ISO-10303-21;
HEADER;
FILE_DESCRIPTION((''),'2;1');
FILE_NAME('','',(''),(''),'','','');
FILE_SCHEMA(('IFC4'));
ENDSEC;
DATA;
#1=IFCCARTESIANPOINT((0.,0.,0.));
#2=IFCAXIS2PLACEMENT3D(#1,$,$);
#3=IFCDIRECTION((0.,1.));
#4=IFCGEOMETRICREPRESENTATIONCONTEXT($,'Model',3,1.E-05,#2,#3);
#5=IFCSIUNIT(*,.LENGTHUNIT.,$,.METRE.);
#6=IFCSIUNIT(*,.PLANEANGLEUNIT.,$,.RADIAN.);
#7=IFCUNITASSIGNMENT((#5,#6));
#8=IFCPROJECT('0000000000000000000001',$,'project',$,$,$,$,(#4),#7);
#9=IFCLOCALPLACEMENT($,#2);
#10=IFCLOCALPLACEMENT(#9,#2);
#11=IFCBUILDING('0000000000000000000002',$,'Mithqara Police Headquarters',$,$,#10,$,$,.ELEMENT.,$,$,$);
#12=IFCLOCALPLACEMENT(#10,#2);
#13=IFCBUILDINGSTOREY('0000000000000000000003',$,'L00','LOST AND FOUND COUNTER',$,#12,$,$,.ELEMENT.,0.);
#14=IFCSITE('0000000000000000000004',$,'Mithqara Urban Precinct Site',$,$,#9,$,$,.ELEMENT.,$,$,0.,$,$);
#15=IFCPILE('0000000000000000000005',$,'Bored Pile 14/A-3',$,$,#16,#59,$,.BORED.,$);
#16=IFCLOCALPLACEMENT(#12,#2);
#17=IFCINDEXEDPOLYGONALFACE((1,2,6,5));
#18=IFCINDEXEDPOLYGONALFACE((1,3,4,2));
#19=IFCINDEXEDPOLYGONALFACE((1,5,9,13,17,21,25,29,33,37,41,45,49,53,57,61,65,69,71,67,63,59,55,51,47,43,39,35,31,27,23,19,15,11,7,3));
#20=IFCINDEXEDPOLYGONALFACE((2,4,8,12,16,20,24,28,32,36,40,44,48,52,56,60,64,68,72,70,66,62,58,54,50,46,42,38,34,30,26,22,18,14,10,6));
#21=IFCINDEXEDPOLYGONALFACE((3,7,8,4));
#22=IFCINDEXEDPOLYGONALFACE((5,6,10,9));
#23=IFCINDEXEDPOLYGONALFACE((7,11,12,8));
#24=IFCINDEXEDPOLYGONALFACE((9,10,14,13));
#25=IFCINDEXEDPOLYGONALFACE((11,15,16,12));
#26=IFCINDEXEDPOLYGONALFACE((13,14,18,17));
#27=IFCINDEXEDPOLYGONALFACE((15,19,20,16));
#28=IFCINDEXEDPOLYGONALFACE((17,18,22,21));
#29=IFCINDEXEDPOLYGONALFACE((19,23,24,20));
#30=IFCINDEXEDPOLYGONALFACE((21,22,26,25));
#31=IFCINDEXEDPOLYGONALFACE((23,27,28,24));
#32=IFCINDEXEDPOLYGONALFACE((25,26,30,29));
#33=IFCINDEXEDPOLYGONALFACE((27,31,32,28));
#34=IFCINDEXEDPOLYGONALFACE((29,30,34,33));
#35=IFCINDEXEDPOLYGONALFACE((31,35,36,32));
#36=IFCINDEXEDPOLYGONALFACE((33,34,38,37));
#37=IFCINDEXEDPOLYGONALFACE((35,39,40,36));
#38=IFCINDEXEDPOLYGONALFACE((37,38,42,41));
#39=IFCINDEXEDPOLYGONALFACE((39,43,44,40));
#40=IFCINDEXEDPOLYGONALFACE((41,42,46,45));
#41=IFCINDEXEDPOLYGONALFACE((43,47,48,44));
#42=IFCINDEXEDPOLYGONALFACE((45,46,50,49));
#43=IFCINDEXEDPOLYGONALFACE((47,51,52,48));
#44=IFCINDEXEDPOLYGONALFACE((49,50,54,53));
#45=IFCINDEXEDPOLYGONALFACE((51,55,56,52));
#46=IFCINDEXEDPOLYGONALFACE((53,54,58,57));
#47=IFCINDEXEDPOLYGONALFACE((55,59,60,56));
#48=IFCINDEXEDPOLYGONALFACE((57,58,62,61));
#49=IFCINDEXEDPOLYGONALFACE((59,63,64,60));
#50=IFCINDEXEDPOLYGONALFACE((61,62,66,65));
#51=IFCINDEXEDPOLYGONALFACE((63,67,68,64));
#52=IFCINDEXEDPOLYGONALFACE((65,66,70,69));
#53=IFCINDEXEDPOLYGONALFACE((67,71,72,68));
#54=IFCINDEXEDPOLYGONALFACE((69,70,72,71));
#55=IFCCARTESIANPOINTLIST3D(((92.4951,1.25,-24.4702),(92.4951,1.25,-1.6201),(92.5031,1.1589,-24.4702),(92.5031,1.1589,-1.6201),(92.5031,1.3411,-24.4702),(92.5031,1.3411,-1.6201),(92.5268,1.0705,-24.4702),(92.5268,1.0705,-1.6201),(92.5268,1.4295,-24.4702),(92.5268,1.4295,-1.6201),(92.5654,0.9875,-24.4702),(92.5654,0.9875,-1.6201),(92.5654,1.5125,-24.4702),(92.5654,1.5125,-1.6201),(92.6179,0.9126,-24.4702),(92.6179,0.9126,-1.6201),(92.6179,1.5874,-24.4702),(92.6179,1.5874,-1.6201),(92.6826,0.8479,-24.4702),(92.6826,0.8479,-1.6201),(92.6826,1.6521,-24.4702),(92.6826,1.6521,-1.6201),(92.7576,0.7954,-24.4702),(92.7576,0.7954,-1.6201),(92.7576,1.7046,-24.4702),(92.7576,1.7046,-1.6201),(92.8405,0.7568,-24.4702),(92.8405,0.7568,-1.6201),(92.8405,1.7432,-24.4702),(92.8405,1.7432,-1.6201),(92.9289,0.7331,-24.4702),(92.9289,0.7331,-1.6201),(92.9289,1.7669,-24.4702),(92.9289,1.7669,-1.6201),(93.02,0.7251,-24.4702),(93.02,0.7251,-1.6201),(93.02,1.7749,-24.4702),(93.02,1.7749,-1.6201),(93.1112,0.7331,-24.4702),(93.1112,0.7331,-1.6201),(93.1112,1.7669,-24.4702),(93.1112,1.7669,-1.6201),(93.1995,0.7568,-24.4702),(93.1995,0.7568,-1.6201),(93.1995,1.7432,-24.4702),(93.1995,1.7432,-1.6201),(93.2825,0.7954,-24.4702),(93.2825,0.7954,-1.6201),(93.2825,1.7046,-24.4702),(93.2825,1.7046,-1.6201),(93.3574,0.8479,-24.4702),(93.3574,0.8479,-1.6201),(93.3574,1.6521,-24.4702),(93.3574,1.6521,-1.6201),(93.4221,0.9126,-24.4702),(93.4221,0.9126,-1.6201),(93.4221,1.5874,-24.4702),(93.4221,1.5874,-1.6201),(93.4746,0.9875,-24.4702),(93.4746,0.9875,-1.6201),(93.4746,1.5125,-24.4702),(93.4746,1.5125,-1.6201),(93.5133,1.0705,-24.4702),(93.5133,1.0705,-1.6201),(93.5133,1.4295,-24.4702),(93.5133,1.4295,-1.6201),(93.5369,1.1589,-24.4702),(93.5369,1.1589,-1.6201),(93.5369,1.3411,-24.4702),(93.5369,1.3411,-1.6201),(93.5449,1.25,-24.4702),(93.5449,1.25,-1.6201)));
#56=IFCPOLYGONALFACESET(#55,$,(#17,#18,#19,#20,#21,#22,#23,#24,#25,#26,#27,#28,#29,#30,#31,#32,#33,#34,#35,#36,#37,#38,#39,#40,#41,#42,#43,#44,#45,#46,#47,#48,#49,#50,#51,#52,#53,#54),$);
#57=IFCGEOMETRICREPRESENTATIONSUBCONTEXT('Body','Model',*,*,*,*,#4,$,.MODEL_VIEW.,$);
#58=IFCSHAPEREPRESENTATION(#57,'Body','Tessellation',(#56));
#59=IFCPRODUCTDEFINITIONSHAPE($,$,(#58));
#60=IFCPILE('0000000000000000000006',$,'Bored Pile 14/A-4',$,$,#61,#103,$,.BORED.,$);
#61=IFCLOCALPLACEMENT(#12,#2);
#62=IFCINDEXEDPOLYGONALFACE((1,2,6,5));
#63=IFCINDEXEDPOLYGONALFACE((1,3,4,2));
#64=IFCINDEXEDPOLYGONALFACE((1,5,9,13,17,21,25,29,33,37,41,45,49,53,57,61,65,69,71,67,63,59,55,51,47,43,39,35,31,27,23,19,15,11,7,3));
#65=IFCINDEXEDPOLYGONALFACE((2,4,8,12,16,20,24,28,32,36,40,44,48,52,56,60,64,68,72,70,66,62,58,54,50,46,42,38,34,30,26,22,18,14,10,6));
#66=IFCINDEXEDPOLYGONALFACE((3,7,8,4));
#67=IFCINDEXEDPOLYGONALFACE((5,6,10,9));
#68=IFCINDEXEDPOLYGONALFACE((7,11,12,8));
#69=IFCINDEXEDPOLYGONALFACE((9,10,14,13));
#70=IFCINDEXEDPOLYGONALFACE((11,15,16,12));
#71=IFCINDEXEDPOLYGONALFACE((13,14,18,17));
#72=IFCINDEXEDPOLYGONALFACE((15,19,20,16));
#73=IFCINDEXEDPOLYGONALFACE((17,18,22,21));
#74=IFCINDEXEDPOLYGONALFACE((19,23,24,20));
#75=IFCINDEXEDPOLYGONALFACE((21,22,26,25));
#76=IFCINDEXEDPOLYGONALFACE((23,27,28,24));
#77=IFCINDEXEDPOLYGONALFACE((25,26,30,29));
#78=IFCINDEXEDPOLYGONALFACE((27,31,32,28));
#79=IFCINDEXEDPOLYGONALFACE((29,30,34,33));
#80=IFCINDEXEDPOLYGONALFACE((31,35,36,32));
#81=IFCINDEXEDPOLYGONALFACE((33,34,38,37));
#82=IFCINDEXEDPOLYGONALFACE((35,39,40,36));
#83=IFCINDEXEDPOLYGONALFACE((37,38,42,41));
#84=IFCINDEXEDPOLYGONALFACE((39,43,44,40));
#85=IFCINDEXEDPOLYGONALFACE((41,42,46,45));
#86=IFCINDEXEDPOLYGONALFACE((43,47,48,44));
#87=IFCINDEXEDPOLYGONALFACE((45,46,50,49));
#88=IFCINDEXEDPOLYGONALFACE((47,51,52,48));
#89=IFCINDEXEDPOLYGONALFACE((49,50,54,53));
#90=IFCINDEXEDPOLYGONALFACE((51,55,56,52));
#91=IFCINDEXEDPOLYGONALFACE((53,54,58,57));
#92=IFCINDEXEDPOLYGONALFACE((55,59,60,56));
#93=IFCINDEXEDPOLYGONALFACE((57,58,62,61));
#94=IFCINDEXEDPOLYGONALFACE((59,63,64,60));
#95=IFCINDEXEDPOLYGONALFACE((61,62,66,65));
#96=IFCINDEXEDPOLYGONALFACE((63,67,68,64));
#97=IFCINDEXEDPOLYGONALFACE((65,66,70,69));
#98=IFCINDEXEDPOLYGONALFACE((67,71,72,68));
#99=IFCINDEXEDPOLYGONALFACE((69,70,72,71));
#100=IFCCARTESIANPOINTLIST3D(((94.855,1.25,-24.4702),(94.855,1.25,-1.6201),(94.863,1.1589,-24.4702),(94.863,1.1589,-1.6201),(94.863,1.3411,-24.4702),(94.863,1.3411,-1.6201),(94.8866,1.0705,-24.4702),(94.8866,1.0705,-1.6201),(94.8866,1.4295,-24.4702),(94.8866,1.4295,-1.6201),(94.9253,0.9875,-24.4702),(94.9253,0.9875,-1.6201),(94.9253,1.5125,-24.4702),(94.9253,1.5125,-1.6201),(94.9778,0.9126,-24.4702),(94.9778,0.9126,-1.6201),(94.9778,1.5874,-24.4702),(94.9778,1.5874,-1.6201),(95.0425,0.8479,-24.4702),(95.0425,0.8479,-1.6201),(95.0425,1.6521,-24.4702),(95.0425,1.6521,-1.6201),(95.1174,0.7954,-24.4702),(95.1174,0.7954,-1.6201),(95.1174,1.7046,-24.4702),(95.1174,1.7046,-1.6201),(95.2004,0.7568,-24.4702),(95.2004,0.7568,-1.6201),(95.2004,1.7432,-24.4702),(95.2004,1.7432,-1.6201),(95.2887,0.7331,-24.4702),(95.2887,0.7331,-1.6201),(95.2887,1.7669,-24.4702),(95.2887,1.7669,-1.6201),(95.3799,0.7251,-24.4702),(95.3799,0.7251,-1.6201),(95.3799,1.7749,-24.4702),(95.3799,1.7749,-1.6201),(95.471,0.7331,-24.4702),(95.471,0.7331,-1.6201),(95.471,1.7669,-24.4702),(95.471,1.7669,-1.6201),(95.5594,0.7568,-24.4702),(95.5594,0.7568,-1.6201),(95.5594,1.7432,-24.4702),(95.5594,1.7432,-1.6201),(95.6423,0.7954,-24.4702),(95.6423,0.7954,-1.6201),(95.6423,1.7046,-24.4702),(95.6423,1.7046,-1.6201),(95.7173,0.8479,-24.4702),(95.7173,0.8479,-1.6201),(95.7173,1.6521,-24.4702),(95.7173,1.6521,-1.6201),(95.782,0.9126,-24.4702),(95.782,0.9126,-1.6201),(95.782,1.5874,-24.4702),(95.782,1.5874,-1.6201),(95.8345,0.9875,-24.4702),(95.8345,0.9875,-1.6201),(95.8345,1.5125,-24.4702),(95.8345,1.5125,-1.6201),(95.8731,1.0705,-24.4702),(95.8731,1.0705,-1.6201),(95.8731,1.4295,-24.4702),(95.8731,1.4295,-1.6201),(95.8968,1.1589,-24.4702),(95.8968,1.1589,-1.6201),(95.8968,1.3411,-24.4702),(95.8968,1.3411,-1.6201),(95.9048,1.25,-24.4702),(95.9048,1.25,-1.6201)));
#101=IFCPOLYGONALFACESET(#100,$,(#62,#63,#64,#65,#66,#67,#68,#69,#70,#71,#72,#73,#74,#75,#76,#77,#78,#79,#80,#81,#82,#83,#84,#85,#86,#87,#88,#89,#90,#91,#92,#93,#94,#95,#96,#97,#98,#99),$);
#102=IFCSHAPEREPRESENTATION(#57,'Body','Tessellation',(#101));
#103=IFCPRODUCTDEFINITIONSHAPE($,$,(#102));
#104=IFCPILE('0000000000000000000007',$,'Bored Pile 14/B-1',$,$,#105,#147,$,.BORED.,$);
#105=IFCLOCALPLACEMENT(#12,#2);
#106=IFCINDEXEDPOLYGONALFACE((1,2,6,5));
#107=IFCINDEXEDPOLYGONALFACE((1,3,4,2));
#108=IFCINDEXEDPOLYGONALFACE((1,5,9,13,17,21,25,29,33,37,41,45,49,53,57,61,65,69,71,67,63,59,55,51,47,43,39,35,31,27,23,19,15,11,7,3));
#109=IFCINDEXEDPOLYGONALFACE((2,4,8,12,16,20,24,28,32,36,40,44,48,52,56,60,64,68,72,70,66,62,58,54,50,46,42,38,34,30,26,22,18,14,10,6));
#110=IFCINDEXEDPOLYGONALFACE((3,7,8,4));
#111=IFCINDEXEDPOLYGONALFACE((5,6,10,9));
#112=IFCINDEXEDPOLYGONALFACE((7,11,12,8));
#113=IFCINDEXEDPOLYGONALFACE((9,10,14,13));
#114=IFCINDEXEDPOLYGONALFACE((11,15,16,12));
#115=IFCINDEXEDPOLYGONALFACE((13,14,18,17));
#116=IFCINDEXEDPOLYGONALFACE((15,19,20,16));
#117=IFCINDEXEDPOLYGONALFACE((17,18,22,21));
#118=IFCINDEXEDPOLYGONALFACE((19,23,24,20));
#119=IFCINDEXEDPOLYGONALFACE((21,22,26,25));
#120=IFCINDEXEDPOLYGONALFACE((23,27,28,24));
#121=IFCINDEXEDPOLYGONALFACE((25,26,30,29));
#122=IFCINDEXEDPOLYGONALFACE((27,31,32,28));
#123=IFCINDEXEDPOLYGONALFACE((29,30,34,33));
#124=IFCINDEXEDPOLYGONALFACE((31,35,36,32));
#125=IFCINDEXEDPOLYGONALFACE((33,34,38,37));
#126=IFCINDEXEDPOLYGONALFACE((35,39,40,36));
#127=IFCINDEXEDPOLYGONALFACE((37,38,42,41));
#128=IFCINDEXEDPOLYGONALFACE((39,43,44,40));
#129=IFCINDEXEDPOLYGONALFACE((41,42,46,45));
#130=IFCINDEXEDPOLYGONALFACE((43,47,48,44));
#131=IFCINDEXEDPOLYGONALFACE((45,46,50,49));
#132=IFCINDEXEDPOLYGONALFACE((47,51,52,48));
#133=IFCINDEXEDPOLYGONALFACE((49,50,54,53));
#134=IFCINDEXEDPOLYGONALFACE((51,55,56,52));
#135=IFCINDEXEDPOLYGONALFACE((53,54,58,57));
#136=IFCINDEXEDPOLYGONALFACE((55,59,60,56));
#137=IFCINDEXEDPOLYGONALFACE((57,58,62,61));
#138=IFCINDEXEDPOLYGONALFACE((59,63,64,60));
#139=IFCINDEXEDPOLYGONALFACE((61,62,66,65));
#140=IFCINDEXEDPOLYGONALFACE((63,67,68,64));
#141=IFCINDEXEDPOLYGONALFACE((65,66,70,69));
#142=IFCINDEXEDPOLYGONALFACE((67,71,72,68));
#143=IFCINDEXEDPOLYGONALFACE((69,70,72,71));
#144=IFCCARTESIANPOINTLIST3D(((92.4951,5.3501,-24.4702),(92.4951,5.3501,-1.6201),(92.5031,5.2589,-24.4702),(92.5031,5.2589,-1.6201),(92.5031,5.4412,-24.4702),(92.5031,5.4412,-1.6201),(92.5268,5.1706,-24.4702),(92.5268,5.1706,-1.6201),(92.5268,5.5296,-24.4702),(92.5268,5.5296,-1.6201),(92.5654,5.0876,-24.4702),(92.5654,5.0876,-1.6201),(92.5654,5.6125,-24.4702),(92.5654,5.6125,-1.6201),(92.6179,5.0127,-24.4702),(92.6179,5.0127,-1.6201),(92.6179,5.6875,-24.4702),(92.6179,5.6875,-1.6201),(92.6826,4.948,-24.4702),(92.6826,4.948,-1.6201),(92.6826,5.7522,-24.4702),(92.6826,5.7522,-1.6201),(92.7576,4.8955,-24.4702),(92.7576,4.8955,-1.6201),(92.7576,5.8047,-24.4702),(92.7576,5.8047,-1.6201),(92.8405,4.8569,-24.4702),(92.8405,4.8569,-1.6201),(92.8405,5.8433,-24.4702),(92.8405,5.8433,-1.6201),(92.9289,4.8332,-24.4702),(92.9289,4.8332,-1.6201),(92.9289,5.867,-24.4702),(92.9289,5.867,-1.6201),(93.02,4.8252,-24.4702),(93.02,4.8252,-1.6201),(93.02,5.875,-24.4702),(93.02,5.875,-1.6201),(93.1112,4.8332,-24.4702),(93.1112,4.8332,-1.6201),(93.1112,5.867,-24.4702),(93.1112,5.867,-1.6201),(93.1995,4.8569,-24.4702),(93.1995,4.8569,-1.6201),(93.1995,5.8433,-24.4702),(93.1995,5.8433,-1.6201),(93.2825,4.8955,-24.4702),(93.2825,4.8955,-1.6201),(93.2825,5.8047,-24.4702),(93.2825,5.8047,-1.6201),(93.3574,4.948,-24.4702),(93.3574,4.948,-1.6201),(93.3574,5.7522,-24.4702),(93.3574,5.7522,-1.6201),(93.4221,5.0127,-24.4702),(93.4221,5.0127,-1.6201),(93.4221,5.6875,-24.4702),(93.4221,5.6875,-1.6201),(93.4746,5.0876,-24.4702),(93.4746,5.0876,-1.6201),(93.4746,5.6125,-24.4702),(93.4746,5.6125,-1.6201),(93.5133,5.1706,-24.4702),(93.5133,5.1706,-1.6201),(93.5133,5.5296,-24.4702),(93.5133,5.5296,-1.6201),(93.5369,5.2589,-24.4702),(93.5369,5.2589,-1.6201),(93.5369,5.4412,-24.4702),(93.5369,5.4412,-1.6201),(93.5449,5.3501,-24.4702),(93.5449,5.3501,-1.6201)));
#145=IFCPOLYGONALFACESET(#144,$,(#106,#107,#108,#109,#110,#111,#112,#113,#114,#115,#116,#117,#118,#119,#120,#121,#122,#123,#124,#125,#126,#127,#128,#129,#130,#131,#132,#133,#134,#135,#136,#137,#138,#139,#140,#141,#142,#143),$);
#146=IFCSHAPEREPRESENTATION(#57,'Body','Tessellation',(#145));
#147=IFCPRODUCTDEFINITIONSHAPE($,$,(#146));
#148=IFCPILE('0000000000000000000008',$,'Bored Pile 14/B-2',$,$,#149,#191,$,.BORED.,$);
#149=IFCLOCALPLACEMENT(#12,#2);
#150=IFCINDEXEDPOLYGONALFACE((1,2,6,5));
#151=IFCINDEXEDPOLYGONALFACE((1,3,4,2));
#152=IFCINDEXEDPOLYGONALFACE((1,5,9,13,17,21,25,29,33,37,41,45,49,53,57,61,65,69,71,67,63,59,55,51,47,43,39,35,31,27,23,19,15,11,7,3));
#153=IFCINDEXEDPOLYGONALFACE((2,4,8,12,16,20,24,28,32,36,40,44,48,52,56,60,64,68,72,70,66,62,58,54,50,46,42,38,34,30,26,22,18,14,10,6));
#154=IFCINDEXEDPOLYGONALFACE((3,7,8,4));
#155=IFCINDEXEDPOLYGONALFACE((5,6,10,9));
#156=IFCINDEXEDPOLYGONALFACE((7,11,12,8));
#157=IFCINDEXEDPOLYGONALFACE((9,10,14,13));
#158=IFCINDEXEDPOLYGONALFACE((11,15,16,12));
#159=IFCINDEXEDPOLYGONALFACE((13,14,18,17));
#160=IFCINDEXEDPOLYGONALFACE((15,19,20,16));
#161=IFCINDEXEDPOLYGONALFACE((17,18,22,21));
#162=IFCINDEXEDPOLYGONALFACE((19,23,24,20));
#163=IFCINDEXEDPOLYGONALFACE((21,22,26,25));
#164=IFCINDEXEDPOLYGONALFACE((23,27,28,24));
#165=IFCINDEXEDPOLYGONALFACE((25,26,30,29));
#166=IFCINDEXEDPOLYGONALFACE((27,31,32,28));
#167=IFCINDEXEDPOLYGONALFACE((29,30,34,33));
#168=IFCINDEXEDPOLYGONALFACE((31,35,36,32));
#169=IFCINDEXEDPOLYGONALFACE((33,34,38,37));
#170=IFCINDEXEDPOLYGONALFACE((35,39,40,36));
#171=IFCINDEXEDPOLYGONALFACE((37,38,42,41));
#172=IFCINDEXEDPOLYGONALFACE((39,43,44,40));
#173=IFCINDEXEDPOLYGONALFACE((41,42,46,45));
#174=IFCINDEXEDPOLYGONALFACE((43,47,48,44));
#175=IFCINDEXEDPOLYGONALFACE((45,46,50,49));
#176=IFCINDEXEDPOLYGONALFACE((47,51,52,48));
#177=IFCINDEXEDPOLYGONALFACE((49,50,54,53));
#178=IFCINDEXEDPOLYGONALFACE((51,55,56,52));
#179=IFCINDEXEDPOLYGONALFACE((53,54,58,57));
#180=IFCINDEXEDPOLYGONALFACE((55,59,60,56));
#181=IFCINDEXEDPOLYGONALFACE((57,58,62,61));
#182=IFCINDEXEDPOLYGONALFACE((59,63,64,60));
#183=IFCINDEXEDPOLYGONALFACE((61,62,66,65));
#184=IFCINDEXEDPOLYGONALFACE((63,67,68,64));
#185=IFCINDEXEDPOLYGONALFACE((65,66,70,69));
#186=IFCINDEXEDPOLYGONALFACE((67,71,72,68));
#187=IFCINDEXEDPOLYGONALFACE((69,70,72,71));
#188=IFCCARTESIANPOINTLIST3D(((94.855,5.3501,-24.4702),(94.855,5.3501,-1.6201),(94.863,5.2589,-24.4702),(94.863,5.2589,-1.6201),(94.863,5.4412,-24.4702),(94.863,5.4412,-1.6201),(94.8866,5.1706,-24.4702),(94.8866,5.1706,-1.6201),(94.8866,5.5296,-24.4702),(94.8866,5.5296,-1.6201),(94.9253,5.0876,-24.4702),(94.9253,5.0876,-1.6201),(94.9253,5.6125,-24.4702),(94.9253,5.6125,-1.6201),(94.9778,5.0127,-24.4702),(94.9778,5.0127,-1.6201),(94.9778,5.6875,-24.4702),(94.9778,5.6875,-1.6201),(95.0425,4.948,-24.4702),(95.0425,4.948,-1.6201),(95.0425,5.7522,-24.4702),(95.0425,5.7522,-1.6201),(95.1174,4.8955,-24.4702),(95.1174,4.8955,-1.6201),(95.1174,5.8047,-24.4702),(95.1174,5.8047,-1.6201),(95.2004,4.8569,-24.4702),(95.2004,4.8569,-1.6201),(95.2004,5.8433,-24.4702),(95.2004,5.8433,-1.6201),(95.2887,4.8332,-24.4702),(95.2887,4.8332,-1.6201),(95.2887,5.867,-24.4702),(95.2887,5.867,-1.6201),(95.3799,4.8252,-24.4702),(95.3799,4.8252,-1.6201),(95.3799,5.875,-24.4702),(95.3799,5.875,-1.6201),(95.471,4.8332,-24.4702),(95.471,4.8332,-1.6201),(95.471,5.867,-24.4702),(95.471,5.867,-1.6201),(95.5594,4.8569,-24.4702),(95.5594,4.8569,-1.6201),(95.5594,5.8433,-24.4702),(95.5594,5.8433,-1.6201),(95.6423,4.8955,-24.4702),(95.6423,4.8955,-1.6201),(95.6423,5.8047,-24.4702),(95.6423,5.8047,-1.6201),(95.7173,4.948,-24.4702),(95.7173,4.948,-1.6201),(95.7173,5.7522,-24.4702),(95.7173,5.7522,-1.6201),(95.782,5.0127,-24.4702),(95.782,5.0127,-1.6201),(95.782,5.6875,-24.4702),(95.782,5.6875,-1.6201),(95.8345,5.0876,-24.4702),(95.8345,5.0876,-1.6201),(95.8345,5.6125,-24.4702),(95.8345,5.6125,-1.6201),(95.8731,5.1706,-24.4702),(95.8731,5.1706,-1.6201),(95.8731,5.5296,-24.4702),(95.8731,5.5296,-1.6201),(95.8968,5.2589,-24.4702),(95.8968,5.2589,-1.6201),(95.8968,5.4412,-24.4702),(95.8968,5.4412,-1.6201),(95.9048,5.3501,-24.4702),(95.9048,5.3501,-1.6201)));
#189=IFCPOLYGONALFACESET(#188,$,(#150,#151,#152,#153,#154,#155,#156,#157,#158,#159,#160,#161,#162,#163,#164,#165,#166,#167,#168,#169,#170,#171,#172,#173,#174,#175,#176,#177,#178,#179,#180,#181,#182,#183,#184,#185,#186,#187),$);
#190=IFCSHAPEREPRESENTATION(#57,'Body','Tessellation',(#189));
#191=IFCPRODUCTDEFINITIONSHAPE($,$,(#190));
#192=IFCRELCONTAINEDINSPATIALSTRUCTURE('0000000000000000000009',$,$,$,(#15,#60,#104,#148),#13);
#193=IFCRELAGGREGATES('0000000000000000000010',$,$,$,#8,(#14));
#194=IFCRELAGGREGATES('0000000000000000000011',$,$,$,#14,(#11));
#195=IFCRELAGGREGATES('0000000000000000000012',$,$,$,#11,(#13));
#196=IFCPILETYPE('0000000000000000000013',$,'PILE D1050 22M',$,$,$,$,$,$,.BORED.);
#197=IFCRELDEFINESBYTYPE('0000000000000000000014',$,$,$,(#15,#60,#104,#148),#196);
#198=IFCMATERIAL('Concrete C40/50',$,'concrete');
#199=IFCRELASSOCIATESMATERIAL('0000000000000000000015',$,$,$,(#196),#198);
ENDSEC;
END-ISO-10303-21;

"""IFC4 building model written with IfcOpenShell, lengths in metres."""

from ifc_helpers import new_model, si_unit, direction, frame, origin, origin_2d, place, context, subcontext, project, spatial, circle, extrude, material, material_profile, profile_set, type_object, element, save


model = new_model("IFC4")

# Units and contexts
model_context = context("Model", 3, precision=1e-05, world=origin(), true_north=direction((0.0, 1.0)))
body_context = subcontext(model_context, "Body", "Model", "MODEL_VIEW")
ifc_project = project(units=[si_unit("LENGTHUNIT", "METRE"), si_unit("PLANEANGLEUNIT", "RADIAN")], contexts=[model_context])

# Site, building, storey
site_placement = place(None, origin())
site = spatial("IfcSite", under=ifc_project, at=site_placement, Name="Mithqara Urban Precinct Site", CompositionType="ELEMENT", RefElevation=0.0)
building_placement = place(site_placement, origin())
building = spatial("IfcBuilding", under=site, at=building_placement, Name="Mithqara Police Headquarters", CompositionType="ELEMENT")
storey_placement = place(building_placement, origin())
storey = spatial("IfcBuildingStorey", under=building, at=storey_placement, Name="L00", Description="LOST AND FOUND COUNTER", CompositionType="ELEMENT", Elevation=0.0)

# Shared definitions
ifc_material_1 = material(Name="Concrete C40/50", Category="concrete")

# Piles
ifc_material_profile_1 = material_profile(ifc_material_1, circle(Radius=0.5249, at=origin_2d()), Name="PILE D1050")
ifc_profile_set_1 = profile_set([ifc_material_profile_1], Name="Concrete C40/50")
pile_type = type_object("IfcPileType", Name="PILE D1050 22M", PredefinedType="BORED", material=ifc_profile_set_1)
for number, where, z_axis, x_axis, name in (
    (1, (93.02, 1.25, -1.6201), (0.0, 0.0, -1.0), (1.0, 0.0, 0.0), "Bored Pile 14/A-3"),
    (2, (95.3799, 1.25, -1.6201), (0.0, 0.0, -1.0), (1.0, 0.0, 0.0), "Bored Pile 14/A-4"),
    (3, (93.02, 5.3501, -1.6201), (0.0, 0.0, -1.0), (1.0, 0.0, 0.0), "Bored Pile 14/B-1"),
    (4, (95.3799, 5.3501, -1.6201), (0.0, 0.0, -1.0), (1.0, 0.0, 0.0), "Bored Pile 14/B-2"),
):
    element("IfcPile", number, at=place(storey_placement, frame(where, z_axis=z_axis, x_axis=x_axis)), inside=storey, type_object=pile_type, Name=name, PredefinedType="BORED", context=body_context, shape_type="SweptSolid", body=[
        extrude(circle(Radius=0.5249, at=origin_2d()), origin(), (0.0, 0.0, 1.0), 22.8501),
    ])

save(model, "model.ifc")
